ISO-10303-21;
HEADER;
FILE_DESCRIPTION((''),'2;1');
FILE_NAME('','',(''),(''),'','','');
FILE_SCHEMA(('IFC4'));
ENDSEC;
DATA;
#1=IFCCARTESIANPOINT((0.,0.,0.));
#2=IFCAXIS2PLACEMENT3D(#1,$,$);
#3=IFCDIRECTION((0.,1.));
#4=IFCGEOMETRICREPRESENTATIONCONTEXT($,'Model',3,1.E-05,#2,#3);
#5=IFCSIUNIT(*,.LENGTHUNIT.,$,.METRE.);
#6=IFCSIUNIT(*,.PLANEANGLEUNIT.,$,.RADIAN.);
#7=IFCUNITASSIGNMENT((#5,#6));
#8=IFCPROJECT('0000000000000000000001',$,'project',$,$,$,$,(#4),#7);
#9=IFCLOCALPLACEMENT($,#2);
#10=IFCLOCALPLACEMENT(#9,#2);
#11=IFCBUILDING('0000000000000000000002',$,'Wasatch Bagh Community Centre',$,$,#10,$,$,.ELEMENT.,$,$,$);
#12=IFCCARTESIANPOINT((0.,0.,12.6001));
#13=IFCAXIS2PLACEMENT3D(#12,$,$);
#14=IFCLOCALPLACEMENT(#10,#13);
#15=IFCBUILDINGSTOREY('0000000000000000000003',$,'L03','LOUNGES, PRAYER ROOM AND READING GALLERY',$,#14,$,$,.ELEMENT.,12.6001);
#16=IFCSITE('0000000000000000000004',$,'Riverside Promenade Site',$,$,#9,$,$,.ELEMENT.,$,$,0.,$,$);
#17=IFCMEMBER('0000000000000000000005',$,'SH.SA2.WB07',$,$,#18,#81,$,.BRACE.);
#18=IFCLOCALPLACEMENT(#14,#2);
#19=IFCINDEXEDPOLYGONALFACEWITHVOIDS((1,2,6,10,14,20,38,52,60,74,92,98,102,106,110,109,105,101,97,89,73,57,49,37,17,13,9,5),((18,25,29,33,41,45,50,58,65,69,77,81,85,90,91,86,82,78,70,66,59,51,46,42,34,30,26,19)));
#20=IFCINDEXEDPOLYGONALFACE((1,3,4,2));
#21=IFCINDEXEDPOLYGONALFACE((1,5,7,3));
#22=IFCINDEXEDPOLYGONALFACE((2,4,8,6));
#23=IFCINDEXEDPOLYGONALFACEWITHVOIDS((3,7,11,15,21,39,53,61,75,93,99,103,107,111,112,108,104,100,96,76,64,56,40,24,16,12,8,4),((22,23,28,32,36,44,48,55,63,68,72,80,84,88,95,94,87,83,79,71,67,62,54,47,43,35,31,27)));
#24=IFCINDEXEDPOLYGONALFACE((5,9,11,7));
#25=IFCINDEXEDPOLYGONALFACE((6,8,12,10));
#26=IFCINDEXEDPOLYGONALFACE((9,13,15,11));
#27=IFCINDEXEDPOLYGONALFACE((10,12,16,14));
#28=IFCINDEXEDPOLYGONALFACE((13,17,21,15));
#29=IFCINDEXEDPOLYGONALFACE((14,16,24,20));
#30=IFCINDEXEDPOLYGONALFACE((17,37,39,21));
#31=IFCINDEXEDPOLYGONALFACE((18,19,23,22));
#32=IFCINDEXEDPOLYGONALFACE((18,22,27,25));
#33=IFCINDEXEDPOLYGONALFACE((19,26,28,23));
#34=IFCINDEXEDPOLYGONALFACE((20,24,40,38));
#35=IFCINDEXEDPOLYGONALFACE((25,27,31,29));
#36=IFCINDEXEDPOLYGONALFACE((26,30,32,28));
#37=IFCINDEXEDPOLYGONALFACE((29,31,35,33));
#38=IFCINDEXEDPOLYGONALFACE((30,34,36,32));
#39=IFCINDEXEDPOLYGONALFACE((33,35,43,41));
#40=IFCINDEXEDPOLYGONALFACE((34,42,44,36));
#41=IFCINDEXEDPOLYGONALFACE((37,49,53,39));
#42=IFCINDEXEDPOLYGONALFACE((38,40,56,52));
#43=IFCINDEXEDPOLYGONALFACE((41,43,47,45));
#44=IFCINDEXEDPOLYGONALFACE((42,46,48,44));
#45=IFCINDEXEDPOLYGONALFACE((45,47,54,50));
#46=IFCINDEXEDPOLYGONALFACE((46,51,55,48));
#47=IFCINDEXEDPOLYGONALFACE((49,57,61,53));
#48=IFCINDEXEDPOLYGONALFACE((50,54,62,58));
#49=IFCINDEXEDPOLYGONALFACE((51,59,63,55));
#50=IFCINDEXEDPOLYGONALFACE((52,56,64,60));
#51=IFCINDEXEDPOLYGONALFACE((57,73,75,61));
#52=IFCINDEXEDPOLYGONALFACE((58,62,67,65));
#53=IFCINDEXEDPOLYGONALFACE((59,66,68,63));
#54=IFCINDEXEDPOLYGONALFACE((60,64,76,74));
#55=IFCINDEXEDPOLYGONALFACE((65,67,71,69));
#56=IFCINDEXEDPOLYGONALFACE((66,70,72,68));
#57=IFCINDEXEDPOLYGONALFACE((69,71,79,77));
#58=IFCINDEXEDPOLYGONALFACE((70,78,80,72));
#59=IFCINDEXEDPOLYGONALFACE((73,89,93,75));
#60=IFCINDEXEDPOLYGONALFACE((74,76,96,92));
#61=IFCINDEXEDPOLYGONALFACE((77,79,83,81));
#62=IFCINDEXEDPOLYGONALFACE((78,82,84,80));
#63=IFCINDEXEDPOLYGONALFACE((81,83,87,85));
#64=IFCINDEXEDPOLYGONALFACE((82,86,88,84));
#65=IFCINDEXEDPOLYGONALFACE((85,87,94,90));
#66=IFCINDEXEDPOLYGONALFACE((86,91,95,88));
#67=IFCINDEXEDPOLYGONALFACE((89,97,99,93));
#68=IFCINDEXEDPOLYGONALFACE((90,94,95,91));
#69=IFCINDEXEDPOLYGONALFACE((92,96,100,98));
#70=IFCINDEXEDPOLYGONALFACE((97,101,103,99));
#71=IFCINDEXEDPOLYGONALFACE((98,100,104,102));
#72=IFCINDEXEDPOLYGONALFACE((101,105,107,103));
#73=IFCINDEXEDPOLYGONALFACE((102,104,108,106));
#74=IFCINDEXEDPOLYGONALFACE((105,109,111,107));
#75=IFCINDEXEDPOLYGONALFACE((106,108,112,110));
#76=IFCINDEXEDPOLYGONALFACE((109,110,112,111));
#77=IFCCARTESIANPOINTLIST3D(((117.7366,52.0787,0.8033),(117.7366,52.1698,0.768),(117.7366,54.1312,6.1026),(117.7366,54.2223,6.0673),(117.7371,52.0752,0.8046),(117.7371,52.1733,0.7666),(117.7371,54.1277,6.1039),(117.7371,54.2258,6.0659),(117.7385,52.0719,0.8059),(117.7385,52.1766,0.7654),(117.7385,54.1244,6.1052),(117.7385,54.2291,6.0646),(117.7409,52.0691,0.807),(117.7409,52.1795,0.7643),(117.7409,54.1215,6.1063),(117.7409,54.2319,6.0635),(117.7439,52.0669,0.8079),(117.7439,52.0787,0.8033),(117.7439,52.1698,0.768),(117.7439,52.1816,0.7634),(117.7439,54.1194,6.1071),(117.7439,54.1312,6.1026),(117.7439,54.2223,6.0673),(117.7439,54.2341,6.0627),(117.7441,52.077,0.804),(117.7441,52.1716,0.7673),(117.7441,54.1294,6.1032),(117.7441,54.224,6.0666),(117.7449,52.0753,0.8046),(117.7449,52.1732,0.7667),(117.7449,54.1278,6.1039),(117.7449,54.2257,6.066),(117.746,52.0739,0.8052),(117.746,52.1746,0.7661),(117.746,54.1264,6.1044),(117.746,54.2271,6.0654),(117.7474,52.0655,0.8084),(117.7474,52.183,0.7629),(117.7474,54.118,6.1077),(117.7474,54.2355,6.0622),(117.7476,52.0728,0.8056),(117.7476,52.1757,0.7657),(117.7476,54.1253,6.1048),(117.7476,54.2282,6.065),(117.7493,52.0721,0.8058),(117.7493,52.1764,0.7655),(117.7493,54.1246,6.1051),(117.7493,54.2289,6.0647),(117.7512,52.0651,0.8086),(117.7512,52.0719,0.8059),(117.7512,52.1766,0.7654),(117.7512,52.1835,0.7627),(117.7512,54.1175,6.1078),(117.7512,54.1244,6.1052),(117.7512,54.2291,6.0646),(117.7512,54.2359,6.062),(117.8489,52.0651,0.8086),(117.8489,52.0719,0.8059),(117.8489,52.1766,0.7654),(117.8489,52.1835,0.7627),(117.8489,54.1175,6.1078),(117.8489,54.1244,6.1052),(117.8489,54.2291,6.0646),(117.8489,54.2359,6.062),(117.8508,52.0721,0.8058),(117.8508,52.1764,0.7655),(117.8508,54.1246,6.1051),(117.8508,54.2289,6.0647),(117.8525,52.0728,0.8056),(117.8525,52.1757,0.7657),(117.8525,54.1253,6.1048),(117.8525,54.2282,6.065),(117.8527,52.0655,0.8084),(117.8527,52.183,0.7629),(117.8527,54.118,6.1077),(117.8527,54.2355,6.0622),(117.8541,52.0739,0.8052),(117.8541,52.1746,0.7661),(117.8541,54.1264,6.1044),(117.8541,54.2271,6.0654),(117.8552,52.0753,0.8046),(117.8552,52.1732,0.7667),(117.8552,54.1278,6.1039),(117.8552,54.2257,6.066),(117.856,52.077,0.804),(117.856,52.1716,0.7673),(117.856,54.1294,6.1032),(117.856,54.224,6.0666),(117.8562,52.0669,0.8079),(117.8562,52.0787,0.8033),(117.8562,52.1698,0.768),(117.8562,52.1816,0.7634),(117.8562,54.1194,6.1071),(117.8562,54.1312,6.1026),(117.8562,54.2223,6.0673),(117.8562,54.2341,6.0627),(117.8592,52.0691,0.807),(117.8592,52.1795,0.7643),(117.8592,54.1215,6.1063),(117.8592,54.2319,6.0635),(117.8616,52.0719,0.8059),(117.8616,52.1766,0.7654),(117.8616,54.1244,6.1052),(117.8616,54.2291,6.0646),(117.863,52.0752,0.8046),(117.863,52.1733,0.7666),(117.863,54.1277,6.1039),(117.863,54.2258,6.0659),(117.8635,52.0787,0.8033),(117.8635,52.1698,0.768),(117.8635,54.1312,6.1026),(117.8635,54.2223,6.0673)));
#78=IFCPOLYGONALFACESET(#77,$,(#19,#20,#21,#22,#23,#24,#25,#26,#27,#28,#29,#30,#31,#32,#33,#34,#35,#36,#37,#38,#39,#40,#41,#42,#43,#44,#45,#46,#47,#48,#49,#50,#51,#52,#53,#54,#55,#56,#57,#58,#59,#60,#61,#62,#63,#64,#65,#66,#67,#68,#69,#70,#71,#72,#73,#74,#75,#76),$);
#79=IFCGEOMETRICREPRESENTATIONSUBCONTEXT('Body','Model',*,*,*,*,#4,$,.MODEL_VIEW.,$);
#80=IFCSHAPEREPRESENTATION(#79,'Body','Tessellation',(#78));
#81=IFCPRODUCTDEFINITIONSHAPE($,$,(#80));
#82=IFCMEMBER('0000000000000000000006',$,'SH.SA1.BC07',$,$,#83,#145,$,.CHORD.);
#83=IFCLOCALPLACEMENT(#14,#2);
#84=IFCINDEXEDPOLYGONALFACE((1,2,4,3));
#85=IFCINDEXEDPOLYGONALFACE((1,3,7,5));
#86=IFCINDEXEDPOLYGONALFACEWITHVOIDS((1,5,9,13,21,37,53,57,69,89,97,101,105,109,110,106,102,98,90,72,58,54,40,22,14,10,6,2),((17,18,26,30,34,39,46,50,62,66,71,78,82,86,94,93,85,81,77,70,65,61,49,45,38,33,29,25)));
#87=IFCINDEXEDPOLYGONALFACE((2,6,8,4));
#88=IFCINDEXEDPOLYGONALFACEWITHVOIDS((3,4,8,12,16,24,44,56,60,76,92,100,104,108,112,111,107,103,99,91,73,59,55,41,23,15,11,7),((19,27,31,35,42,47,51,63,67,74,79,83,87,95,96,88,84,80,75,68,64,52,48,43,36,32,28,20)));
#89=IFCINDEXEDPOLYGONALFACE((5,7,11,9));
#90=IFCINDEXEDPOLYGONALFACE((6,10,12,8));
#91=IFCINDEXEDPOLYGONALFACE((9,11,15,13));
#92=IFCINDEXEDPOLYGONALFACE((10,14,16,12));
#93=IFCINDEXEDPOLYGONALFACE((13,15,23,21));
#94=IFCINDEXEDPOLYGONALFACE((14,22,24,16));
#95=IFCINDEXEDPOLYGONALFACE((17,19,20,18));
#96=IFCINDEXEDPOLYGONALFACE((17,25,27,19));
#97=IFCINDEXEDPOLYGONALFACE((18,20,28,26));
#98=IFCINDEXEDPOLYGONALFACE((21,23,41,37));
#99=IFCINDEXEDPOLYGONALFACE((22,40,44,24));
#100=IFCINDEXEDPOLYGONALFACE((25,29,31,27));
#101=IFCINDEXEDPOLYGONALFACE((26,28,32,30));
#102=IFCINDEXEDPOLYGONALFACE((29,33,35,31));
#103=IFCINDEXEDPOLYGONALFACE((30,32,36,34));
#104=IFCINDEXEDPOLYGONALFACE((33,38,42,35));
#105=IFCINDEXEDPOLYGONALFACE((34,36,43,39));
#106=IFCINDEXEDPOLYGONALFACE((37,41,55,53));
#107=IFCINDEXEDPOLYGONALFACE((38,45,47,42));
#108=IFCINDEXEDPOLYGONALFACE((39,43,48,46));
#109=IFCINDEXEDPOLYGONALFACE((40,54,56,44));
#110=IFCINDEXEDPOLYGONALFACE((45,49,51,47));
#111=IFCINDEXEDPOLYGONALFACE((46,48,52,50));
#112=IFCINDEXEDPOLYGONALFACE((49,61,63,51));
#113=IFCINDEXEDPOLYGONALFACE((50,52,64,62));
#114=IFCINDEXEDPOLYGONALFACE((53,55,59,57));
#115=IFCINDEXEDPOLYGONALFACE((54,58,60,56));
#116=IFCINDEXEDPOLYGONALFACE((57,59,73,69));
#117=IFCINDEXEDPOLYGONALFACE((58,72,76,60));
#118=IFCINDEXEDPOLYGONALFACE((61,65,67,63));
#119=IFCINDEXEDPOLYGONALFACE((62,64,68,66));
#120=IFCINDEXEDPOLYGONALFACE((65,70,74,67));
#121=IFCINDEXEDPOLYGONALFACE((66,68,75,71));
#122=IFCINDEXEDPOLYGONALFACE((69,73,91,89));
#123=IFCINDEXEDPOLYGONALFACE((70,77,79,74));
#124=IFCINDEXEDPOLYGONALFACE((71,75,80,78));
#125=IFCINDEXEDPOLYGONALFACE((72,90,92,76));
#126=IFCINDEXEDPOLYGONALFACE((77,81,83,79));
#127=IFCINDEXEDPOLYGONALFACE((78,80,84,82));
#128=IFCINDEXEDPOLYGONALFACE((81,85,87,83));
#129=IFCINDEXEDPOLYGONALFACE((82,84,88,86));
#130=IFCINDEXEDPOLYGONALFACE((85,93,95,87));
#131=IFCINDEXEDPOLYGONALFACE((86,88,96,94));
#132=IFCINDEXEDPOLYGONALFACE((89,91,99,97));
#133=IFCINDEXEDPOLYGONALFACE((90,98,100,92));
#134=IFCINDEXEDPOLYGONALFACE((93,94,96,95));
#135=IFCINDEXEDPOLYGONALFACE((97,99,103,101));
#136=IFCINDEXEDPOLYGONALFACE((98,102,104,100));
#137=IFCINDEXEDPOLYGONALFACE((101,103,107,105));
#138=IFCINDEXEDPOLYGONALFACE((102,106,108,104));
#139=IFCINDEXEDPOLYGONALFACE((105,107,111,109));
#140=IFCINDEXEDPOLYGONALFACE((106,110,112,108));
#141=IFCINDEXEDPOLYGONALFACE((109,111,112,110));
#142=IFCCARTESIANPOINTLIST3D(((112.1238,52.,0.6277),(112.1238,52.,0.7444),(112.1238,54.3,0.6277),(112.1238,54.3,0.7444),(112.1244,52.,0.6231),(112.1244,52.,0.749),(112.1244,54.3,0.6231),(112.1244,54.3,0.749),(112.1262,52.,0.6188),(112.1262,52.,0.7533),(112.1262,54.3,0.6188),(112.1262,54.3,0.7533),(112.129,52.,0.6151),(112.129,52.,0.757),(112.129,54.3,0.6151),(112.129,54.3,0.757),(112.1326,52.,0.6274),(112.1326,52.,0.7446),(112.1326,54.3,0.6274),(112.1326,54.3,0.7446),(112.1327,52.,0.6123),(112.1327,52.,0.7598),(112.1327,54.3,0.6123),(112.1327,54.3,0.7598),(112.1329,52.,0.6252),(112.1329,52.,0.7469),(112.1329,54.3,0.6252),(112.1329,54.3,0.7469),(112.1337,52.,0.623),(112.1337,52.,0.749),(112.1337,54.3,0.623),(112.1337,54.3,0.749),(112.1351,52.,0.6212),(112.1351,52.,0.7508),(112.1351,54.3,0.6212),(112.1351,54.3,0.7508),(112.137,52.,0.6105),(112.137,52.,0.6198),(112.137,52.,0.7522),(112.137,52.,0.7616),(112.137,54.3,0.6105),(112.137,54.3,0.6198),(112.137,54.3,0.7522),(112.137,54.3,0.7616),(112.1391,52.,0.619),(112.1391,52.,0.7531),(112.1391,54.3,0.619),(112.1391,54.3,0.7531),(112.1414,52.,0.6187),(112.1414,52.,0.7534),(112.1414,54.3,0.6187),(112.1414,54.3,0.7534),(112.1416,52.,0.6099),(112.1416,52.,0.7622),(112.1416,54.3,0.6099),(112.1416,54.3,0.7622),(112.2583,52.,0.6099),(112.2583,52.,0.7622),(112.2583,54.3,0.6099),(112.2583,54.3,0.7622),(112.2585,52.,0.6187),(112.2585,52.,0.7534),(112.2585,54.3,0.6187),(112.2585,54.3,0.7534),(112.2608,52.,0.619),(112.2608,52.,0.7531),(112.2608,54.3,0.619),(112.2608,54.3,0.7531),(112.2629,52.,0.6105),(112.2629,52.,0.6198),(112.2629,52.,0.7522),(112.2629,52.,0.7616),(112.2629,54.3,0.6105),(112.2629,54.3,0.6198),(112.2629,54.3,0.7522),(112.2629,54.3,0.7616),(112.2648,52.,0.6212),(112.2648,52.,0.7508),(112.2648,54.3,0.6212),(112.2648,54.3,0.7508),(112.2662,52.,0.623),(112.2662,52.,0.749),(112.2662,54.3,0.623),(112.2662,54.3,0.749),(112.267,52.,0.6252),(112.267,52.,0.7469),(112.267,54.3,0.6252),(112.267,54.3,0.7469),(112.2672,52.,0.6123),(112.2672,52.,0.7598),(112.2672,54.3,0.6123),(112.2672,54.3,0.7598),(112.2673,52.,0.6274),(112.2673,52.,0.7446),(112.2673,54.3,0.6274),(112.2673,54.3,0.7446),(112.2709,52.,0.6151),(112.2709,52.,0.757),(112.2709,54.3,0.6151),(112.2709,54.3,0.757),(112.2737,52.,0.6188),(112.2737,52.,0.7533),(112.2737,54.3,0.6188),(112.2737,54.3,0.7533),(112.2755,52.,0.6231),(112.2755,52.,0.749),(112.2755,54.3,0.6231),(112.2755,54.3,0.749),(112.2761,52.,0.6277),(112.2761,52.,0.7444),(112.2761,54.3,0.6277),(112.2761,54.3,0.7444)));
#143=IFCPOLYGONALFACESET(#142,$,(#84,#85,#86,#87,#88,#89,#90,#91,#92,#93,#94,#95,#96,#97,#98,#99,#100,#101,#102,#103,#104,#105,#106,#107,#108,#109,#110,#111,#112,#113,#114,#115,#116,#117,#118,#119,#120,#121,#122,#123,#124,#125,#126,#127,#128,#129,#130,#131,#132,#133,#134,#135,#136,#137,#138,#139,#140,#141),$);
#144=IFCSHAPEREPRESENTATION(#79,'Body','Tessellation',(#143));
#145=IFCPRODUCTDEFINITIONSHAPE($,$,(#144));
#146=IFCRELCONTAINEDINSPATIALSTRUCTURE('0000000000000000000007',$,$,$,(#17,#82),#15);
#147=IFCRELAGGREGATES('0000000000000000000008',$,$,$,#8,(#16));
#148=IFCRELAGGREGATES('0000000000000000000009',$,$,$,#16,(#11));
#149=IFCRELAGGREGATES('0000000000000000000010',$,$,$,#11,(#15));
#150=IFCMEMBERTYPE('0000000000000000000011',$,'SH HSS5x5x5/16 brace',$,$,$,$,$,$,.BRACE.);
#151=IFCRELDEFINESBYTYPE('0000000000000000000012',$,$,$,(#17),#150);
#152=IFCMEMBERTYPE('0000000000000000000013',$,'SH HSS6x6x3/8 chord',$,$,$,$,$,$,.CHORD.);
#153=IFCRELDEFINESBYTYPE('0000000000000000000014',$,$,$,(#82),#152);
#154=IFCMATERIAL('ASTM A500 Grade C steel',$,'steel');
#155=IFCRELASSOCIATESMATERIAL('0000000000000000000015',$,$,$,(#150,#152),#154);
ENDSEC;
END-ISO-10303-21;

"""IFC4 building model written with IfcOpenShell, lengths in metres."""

from ifc_helpers import new_model, si_unit, direction, frame, origin, origin_2d, place, context, subcontext, project, spatial, hollow_rectangle, extrude, material, material_profile, profile_set, type_object, element, save


model = new_model("IFC4")

# Units and contexts
model_context = context("Model", 3, precision=1e-05, world=origin(), true_north=direction((0.0, 1.0)))
body_context = subcontext(model_context, "Body", "Model", "MODEL_VIEW")
ifc_project = project(units=[si_unit("LENGTHUNIT", "METRE"), si_unit("PLANEANGLEUNIT", "RADIAN")], contexts=[model_context])

# Site, building, storey
site_placement = place(None, origin())
site = spatial("IfcSite", under=ifc_project, at=site_placement, Name="Riverside Promenade Site", CompositionType="ELEMENT", RefElevation=0.0)
building_placement = place(site_placement, origin())
building = spatial("IfcBuilding", under=site, at=building_placement, Name="Wasatch Bagh Community Centre", CompositionType="ELEMENT")
storey_placement = place(building_placement, frame((0.0, 0.0, 12.6001)))
storey = spatial("IfcBuildingStorey", under=building, at=storey_placement, Name="L03", Description="LOUNGES, PRAYER ROOM AND READING GALLERY", CompositionType="ELEMENT", Elevation=12.6001)

# Members
ifc_material_1 = material(Name="ASTM A500 Grade C steel", Category="steel")
ifc_material_profile_1 = material_profile(ifc_material_1, hollow_rectangle(XDim=0.127, YDim=0.127, WallThickness=0.0073, InnerFilletRadius=0.0073, OuterFilletRadius=0.0146, at=origin_2d()), Name="HSS5x5x5/16")
ifc_profile_set_1 = profile_set([ifc_material_profile_1], Name="ASTM A500 Grade C steel")
member_type_1 = type_object("IfcMemberType", Name="SH HSS5x5x5/16 brace", PredefinedType="BRACE", material=ifc_profile_set_1)
for number, where, z_axis, x_axis, name in (
    (1, (117.8, 52.1243, 0.7856), (0.0, 0.361169, 0.9325), (-1.0, 0.0, 0.0), "SH.SA2.WB07"),
):
    element("IfcMember", number, at=place(storey_placement, frame(where, z_axis=z_axis, x_axis=x_axis)), inside=storey, type_object=member_type_1, Name=name, PredefinedType="BRACE", context=body_context, shape_type="SweptSolid", body=[
        extrude(hollow_rectangle(XDim=0.127, YDim=0.127, WallThickness=0.0073, InnerFilletRadius=0.0073, OuterFilletRadius=0.0146, at=origin_2d()), origin(), (0.0, 0.0, 1.0), 5.6829),
    ])
ifc_material_profile_2 = material_profile(ifc_material_1, hollow_rectangle(XDim=0.1523, YDim=0.1523, WallThickness=0.0088, InnerFilletRadius=0.0088, OuterFilletRadius=0.0178, at=origin_2d()), Name="HSS6x6x3/8")
ifc_profile_set_2 = profile_set([ifc_material_profile_2], Name="ASTM A500 Grade C steel")
member_type_2 = type_object("IfcMemberType", Name="SH HSS6x6x3/8 chord", PredefinedType="CHORD", material=ifc_profile_set_2)
for number, where, z_axis, x_axis, name in (
    (2, (112.2, 52.0, 0.686), (0.0, 1.0, 0.0), (-1.0, 0.0, 0.0), "SH.SA1.BC07"),
):
    element("IfcMember", number, at=place(storey_placement, frame(where, z_axis=z_axis, x_axis=x_axis)), inside=storey, type_object=member_type_2, Name=name, PredefinedType="CHORD", context=body_context, shape_type="SweptSolid", body=[
        extrude(hollow_rectangle(XDim=0.1523, YDim=0.1523, WallThickness=0.0088, InnerFilletRadius=0.0088, OuterFilletRadius=0.0178, at=origin_2d()), origin(), (0.0, 0.0, 1.0), 2.3),
    ])

save(model, "model.ifc")
